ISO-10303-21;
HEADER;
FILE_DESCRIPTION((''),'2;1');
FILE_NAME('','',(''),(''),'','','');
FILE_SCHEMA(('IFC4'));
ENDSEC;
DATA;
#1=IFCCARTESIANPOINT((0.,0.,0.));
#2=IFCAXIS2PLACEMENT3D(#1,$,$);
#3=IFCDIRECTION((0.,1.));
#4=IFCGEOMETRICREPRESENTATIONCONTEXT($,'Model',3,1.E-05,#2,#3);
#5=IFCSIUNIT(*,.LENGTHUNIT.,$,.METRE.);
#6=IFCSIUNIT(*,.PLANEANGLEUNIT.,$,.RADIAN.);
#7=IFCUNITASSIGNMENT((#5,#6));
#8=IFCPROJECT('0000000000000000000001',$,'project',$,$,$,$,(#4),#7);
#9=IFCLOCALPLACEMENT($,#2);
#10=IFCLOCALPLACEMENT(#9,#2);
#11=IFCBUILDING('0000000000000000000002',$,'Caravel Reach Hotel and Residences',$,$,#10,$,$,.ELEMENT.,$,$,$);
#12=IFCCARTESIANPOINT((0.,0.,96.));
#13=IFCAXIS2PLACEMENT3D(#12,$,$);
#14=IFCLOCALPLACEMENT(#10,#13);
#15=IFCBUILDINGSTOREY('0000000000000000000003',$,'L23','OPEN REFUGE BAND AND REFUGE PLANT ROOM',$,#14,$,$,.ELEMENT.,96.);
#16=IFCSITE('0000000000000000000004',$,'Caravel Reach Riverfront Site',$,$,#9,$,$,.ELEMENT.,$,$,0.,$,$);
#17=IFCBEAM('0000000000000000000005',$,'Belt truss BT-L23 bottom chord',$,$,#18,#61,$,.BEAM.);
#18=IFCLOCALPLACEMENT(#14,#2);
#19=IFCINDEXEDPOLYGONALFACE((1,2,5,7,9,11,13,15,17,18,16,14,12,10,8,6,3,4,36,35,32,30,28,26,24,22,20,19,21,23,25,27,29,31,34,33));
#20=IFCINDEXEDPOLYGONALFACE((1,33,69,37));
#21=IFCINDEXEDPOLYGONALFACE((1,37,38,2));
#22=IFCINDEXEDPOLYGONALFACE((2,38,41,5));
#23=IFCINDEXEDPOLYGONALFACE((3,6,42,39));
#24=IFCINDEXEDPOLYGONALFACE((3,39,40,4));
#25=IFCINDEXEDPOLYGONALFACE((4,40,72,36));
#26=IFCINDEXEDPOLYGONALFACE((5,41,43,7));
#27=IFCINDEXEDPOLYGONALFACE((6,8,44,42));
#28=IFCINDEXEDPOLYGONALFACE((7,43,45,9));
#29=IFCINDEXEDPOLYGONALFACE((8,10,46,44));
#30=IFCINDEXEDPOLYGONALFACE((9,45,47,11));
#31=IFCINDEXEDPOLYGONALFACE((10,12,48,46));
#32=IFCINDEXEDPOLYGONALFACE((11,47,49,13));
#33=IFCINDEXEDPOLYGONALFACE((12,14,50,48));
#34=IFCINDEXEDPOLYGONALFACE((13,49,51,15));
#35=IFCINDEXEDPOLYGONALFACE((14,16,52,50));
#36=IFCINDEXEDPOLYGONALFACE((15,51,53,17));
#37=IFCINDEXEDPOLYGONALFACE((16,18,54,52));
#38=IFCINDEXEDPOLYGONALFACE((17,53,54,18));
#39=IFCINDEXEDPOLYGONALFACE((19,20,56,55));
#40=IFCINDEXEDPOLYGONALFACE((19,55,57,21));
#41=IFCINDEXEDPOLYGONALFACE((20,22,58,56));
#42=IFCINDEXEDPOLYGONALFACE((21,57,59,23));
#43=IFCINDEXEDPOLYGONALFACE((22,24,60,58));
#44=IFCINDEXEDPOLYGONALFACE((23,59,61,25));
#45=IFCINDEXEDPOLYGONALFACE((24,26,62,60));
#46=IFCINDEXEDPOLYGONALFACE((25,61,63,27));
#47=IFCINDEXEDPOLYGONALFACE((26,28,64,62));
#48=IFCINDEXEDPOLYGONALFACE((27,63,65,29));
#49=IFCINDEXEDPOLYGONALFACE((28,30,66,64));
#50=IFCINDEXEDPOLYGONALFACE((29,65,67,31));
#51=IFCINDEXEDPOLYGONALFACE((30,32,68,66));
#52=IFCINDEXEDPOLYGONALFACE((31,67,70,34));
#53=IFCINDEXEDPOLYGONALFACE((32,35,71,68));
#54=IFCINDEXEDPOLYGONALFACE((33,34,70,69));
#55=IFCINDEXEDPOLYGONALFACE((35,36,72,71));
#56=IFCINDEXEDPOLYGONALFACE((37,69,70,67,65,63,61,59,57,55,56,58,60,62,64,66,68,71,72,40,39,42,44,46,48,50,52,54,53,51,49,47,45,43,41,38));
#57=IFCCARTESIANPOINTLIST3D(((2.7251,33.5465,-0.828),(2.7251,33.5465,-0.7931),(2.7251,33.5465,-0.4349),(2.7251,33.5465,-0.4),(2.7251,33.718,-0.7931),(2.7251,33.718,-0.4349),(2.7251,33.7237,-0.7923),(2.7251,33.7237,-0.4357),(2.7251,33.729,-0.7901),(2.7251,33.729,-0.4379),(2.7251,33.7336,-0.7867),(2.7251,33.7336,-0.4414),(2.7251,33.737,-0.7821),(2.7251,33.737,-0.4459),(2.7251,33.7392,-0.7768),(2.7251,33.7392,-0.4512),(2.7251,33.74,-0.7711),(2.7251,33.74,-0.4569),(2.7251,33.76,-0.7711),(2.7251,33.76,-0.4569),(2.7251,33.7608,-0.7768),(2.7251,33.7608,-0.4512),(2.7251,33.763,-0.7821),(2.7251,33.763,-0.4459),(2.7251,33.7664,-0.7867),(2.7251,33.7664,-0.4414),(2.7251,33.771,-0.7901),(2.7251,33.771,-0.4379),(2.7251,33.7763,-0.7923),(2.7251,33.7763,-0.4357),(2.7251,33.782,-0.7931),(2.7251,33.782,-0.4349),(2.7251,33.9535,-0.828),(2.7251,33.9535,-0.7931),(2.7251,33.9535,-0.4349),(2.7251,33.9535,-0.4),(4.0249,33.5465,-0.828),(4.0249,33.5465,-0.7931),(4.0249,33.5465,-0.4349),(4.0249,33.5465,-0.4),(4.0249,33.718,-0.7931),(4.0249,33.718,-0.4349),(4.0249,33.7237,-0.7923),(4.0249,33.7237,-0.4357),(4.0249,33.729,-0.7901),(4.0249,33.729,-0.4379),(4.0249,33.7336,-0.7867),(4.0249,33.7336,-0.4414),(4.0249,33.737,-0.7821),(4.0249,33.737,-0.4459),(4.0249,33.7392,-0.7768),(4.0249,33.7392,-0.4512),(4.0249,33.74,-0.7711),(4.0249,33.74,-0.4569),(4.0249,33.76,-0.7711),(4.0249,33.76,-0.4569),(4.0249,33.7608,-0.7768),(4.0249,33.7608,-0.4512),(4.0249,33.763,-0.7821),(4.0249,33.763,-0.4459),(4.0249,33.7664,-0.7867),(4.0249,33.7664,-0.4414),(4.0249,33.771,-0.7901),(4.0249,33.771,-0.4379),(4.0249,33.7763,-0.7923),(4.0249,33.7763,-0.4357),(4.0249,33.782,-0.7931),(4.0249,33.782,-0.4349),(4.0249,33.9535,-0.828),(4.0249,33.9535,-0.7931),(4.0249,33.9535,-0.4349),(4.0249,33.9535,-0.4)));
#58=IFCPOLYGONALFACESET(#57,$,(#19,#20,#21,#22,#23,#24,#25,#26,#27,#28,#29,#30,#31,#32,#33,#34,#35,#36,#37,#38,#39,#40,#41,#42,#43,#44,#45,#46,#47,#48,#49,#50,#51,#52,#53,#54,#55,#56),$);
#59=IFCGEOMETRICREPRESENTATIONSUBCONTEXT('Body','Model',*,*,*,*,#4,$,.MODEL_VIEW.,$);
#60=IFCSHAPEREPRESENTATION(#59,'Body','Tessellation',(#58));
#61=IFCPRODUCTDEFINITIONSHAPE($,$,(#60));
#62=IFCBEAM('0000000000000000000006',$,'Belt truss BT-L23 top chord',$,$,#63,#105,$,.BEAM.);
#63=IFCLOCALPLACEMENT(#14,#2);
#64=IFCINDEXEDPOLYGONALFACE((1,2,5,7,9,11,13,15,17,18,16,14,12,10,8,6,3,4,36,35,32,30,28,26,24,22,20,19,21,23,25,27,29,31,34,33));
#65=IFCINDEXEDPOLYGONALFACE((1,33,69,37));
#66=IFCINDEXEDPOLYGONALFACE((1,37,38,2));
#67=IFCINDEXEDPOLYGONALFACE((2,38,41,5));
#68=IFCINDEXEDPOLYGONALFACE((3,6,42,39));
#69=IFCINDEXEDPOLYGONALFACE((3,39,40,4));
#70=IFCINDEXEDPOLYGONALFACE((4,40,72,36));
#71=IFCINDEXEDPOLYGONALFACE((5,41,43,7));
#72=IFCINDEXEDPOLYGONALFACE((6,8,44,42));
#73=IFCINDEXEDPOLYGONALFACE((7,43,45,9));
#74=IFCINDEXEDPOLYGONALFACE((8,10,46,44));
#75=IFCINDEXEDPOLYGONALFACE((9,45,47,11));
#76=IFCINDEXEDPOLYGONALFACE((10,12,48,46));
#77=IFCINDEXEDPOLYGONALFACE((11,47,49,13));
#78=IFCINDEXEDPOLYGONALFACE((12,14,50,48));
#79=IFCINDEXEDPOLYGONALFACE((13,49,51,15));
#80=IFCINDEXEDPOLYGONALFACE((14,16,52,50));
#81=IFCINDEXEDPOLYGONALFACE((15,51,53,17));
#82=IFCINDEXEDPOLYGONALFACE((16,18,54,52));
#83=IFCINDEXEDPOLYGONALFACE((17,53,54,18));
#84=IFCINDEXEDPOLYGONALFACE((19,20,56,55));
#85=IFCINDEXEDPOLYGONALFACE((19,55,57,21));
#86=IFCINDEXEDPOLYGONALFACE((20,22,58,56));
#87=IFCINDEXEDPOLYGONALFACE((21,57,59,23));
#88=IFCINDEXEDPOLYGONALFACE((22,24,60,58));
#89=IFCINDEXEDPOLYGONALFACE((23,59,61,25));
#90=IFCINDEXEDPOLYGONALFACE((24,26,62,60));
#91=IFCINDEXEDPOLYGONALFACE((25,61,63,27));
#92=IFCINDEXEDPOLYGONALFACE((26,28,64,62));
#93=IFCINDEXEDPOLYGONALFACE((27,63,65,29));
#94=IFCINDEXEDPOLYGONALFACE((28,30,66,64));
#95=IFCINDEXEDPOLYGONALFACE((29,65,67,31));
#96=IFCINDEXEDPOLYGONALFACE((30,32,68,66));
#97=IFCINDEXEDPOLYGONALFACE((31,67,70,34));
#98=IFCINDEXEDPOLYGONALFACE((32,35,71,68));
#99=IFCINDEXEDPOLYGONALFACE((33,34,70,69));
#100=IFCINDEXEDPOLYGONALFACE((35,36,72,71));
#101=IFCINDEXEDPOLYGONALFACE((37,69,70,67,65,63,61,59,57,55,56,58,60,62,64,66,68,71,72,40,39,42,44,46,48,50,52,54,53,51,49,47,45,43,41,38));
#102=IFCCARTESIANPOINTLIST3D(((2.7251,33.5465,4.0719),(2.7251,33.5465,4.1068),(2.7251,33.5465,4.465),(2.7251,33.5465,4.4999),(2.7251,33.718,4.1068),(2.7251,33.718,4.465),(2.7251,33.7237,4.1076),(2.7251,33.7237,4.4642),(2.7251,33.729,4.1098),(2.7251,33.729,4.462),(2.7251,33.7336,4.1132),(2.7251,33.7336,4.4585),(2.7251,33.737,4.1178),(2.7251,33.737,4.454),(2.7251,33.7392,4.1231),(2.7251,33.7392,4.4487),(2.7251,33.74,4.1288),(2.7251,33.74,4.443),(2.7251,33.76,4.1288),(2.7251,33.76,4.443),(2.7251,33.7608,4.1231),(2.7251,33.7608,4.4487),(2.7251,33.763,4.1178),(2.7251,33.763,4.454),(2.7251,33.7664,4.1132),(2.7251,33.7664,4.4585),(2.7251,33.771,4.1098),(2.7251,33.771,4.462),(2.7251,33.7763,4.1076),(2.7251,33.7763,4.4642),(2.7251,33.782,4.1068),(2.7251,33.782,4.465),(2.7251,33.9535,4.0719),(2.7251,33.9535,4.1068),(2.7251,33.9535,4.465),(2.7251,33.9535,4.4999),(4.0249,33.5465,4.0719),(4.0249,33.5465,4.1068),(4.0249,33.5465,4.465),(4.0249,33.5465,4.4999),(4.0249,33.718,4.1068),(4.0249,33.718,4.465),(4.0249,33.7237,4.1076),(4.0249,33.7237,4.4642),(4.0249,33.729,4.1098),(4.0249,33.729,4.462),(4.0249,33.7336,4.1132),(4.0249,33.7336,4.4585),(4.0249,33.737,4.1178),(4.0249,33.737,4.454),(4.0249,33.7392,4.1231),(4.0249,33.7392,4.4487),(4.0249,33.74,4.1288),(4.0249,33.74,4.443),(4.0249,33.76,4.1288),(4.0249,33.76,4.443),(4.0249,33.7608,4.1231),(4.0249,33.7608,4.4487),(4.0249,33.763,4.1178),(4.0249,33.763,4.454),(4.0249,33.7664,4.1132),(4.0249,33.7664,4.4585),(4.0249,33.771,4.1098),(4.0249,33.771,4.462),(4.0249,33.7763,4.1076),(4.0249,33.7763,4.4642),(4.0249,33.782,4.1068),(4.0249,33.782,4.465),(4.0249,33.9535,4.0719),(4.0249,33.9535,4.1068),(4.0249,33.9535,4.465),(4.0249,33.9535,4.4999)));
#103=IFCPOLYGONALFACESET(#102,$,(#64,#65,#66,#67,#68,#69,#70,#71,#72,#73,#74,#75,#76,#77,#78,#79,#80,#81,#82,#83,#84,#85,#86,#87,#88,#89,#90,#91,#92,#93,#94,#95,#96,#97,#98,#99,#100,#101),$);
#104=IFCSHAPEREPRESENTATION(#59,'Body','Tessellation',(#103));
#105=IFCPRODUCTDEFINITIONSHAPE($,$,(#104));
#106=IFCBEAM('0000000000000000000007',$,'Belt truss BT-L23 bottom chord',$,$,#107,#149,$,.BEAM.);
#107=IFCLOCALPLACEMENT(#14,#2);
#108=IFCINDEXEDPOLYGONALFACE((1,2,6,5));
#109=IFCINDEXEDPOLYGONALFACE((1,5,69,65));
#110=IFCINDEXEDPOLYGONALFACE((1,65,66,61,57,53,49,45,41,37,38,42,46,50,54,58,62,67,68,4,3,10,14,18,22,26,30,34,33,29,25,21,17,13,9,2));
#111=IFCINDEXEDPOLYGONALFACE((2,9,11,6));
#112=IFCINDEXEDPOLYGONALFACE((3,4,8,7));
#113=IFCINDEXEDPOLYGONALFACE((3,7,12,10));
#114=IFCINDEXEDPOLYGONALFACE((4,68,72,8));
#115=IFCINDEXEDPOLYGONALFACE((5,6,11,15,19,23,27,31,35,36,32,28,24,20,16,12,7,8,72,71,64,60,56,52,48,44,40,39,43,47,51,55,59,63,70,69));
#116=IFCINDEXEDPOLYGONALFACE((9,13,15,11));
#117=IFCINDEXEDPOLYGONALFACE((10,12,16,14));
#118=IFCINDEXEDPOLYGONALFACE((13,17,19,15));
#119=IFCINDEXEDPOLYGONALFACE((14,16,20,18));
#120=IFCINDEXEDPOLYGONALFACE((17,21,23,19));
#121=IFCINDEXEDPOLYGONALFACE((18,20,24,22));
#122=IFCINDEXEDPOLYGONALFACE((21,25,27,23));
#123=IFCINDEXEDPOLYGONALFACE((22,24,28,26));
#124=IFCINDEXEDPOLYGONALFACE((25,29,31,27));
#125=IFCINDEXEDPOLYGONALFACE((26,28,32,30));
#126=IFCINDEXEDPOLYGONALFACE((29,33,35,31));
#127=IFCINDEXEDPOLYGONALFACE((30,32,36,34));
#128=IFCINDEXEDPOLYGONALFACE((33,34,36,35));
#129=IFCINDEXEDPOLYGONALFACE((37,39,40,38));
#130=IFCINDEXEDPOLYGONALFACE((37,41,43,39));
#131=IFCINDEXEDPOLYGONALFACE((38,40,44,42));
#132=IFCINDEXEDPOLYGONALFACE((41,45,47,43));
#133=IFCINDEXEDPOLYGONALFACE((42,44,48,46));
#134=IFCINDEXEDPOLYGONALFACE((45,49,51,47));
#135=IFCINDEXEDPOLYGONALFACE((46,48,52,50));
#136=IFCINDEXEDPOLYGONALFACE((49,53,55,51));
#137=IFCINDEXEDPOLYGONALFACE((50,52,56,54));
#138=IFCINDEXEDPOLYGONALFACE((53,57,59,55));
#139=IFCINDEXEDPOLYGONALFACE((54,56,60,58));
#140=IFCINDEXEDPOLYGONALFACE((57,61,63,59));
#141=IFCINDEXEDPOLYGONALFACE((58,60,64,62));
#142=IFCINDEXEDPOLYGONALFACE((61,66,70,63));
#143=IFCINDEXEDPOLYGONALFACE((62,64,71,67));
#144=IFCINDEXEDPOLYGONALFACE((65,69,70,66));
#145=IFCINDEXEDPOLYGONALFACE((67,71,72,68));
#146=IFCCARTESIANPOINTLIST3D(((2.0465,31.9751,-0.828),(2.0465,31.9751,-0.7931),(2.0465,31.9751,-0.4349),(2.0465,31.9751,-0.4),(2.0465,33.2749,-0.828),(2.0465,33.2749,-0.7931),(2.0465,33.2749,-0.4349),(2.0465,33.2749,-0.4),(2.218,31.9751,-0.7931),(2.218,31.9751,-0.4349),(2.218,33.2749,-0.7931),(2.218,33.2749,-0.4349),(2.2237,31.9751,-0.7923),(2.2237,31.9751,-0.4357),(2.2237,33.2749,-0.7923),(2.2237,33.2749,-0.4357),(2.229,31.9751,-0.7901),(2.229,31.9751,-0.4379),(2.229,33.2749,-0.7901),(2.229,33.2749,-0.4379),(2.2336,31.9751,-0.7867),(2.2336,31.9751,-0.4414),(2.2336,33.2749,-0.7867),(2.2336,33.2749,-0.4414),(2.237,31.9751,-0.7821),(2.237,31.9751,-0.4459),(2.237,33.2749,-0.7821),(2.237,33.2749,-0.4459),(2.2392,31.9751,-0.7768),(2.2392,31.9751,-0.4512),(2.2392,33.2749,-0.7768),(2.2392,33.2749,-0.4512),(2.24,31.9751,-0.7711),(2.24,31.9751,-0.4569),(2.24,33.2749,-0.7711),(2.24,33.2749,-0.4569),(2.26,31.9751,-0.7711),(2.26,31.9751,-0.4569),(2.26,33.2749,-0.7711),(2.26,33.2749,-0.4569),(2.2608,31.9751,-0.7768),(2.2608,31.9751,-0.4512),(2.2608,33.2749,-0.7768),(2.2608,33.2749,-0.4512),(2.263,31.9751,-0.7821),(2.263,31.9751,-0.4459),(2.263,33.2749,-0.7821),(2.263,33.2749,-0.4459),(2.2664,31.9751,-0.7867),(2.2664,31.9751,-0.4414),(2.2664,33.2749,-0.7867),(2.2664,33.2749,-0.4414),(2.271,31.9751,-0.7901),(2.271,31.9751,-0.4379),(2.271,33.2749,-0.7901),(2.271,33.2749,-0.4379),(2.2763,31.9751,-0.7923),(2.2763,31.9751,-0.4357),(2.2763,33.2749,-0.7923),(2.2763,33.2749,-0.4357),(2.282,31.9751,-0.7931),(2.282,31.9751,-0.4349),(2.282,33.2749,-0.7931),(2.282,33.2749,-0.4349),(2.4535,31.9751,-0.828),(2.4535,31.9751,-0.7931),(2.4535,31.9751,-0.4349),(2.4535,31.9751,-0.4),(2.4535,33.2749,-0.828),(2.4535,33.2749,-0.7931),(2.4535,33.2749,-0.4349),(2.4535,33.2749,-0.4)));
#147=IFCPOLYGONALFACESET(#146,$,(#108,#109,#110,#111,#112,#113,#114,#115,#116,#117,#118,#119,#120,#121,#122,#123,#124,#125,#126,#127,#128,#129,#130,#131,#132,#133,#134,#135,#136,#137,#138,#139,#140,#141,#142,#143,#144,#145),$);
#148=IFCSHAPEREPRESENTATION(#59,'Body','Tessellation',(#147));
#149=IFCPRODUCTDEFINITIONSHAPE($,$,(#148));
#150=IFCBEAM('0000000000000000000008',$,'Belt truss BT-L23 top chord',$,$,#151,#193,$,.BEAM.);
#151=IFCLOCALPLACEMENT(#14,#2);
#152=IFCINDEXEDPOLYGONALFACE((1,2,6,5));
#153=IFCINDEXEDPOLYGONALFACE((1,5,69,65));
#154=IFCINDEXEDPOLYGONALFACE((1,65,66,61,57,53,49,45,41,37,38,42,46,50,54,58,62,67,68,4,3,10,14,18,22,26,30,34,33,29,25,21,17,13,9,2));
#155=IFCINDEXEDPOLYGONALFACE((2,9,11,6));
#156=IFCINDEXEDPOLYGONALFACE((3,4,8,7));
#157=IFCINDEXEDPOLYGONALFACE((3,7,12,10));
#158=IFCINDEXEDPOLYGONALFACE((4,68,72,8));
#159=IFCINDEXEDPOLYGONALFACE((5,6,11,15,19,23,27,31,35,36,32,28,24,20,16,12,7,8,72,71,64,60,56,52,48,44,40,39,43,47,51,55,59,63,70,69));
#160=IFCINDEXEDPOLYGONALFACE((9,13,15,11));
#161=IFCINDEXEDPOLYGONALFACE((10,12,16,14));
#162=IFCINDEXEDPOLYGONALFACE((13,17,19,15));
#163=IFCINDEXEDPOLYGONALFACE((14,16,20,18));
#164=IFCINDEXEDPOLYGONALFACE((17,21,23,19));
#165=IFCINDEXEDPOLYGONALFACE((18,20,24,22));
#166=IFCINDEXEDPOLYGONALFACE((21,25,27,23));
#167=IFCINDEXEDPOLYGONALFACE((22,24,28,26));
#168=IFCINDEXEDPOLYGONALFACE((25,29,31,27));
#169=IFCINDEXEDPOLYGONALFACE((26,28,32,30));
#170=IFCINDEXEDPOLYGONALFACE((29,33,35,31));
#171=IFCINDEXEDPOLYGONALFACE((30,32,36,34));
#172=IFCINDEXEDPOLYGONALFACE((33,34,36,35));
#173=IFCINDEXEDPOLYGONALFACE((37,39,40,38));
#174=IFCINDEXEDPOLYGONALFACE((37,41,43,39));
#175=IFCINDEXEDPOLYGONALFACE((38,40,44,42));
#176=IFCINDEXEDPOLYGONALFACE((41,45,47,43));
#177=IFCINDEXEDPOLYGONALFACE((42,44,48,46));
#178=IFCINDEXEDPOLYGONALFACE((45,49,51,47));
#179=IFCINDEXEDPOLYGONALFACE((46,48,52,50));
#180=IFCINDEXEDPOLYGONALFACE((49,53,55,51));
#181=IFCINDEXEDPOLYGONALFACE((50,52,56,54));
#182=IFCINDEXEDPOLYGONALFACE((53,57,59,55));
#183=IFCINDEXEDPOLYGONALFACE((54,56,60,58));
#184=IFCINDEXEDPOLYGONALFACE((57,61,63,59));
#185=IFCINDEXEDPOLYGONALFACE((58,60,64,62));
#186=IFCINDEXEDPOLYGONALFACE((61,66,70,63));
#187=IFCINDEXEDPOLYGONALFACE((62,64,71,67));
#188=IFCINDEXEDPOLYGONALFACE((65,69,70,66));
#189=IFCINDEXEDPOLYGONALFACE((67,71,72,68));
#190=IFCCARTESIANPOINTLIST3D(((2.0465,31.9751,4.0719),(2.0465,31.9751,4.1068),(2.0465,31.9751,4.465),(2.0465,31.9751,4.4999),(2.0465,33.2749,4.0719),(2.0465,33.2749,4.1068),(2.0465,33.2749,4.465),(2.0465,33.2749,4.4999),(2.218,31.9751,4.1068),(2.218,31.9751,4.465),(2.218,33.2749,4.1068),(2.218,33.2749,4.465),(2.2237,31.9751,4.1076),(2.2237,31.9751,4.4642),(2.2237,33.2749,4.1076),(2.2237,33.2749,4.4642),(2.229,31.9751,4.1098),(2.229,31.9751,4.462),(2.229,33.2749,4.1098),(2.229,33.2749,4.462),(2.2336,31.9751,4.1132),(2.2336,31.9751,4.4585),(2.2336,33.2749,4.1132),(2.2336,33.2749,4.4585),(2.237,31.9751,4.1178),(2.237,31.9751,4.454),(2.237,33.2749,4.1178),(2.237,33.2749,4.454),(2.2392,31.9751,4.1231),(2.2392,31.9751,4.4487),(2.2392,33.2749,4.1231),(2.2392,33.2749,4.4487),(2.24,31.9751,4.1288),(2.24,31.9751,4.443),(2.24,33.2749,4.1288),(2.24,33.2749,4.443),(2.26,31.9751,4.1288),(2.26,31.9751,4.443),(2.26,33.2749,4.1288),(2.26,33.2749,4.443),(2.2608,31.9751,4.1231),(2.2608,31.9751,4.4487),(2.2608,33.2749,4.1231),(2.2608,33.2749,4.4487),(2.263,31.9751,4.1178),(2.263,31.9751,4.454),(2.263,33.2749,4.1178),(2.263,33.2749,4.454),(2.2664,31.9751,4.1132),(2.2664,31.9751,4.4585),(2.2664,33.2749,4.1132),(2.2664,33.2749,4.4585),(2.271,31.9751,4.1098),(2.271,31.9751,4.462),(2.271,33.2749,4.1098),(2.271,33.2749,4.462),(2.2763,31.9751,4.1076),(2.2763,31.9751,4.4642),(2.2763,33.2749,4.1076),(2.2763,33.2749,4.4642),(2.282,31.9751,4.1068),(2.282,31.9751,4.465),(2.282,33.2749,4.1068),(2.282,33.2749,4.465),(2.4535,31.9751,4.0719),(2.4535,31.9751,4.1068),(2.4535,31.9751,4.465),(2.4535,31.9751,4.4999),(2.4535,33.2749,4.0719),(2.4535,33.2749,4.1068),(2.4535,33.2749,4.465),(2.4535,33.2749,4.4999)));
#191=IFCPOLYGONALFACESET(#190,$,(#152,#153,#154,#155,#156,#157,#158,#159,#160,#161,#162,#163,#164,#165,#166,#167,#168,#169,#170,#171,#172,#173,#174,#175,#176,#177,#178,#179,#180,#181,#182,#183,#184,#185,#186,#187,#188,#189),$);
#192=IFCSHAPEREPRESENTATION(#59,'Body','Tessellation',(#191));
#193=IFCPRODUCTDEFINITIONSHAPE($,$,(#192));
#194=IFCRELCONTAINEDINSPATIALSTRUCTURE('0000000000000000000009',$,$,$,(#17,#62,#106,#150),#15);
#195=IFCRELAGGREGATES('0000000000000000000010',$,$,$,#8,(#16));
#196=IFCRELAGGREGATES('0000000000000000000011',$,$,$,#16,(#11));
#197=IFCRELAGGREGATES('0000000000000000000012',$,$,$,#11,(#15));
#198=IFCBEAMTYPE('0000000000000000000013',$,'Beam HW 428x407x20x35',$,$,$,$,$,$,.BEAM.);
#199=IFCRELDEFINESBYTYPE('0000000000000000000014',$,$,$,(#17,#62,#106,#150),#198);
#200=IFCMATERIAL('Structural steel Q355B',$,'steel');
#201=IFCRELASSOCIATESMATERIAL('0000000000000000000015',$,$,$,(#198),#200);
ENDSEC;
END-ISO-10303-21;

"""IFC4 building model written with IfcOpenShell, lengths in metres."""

from ifc_helpers import new_model, si_unit, direction, frame, origin, origin_2d, place, context, subcontext, project, spatial, i_section, extrude, material, material_profile, profile_set, type_object, element, save


model = new_model("IFC4")

# Units and contexts
model_context = context("Model", 3, precision=1e-05, world=origin(), true_north=direction((0.0, 1.0)))
body_context = subcontext(model_context, "Body", "Model", "MODEL_VIEW")
ifc_project = project(units=[si_unit("LENGTHUNIT", "METRE"), si_unit("PLANEANGLEUNIT", "RADIAN")], contexts=[model_context])

# Site, building, storey
site_placement = place(None, origin())
site = spatial("IfcSite", under=ifc_project, at=site_placement, Name="Caravel Reach Riverfront Site", CompositionType="ELEMENT", RefElevation=0.0)
building_placement = place(site_placement, origin())
building = spatial("IfcBuilding", under=site, at=building_placement, Name="Caravel Reach Hotel and Residences", CompositionType="ELEMENT")
storey_placement = place(building_placement, frame((0.0, 0.0, 96.0)))
storey = spatial("IfcBuildingStorey", under=building, at=storey_placement, Name="L23", Description="OPEN REFUGE BAND AND REFUGE PLANT ROOM", CompositionType="ELEMENT", Elevation=96.0)

# Beams
ifc_material_1 = material(Name="Structural steel Q355B", Category="steel")
ifc_material_profile_1 = material_profile(ifc_material_1, i_section(OverallWidth=0.407, OverallDepth=0.428, WebThickness=0.02, FlangeThickness=0.0349, FilletRadius=0.022, at=origin_2d()), Name="HW 428x407x20x35")
ifc_profile_set_1 = profile_set([ifc_material_profile_1], Name="Structural steel Q355B")
beam_type = type_object("IfcBeamType", Name="Beam HW 428x407x20x35", PredefinedType="BEAM", material=ifc_profile_set_1)
for number, where, z_axis, x_axis, name in (
    (1, (4.0249, 33.75, -0.614), (-1.0, 0.0, 0.0), (0.0, -1.0, 0.0), "Belt truss BT-L23 bottom chord"),
    (2, (4.0249, 33.75, 4.2859), (-1.0, 0.0, 0.0), (0.0, -1.0, 0.0), "Belt truss BT-L23 top chord"),
    (3, (2.25, 33.2749, -0.614), (0.0, -1.0, 0.0), (1.0, 0.0, 0.0), "Belt truss BT-L23 bottom chord"),
    (4, (2.25, 33.2749, 4.2859), (0.0, -1.0, 0.0), (1.0, 0.0, 0.0), "Belt truss BT-L23 top chord"),
):
    element("IfcBeam", number, at=place(storey_placement, frame(where, z_axis=z_axis, x_axis=x_axis)), inside=storey, type_object=beam_type, Name=name, PredefinedType="BEAM", context=body_context, shape_type="SweptSolid", body=[
        extrude(i_section(OverallWidth=0.407, OverallDepth=0.428, WebThickness=0.02, FlangeThickness=0.0349, FilletRadius=0.022, at=origin_2d()), origin(), (0.0, 0.0, 1.0), 1.2998),
    ])

save(model, "model.ifc")
